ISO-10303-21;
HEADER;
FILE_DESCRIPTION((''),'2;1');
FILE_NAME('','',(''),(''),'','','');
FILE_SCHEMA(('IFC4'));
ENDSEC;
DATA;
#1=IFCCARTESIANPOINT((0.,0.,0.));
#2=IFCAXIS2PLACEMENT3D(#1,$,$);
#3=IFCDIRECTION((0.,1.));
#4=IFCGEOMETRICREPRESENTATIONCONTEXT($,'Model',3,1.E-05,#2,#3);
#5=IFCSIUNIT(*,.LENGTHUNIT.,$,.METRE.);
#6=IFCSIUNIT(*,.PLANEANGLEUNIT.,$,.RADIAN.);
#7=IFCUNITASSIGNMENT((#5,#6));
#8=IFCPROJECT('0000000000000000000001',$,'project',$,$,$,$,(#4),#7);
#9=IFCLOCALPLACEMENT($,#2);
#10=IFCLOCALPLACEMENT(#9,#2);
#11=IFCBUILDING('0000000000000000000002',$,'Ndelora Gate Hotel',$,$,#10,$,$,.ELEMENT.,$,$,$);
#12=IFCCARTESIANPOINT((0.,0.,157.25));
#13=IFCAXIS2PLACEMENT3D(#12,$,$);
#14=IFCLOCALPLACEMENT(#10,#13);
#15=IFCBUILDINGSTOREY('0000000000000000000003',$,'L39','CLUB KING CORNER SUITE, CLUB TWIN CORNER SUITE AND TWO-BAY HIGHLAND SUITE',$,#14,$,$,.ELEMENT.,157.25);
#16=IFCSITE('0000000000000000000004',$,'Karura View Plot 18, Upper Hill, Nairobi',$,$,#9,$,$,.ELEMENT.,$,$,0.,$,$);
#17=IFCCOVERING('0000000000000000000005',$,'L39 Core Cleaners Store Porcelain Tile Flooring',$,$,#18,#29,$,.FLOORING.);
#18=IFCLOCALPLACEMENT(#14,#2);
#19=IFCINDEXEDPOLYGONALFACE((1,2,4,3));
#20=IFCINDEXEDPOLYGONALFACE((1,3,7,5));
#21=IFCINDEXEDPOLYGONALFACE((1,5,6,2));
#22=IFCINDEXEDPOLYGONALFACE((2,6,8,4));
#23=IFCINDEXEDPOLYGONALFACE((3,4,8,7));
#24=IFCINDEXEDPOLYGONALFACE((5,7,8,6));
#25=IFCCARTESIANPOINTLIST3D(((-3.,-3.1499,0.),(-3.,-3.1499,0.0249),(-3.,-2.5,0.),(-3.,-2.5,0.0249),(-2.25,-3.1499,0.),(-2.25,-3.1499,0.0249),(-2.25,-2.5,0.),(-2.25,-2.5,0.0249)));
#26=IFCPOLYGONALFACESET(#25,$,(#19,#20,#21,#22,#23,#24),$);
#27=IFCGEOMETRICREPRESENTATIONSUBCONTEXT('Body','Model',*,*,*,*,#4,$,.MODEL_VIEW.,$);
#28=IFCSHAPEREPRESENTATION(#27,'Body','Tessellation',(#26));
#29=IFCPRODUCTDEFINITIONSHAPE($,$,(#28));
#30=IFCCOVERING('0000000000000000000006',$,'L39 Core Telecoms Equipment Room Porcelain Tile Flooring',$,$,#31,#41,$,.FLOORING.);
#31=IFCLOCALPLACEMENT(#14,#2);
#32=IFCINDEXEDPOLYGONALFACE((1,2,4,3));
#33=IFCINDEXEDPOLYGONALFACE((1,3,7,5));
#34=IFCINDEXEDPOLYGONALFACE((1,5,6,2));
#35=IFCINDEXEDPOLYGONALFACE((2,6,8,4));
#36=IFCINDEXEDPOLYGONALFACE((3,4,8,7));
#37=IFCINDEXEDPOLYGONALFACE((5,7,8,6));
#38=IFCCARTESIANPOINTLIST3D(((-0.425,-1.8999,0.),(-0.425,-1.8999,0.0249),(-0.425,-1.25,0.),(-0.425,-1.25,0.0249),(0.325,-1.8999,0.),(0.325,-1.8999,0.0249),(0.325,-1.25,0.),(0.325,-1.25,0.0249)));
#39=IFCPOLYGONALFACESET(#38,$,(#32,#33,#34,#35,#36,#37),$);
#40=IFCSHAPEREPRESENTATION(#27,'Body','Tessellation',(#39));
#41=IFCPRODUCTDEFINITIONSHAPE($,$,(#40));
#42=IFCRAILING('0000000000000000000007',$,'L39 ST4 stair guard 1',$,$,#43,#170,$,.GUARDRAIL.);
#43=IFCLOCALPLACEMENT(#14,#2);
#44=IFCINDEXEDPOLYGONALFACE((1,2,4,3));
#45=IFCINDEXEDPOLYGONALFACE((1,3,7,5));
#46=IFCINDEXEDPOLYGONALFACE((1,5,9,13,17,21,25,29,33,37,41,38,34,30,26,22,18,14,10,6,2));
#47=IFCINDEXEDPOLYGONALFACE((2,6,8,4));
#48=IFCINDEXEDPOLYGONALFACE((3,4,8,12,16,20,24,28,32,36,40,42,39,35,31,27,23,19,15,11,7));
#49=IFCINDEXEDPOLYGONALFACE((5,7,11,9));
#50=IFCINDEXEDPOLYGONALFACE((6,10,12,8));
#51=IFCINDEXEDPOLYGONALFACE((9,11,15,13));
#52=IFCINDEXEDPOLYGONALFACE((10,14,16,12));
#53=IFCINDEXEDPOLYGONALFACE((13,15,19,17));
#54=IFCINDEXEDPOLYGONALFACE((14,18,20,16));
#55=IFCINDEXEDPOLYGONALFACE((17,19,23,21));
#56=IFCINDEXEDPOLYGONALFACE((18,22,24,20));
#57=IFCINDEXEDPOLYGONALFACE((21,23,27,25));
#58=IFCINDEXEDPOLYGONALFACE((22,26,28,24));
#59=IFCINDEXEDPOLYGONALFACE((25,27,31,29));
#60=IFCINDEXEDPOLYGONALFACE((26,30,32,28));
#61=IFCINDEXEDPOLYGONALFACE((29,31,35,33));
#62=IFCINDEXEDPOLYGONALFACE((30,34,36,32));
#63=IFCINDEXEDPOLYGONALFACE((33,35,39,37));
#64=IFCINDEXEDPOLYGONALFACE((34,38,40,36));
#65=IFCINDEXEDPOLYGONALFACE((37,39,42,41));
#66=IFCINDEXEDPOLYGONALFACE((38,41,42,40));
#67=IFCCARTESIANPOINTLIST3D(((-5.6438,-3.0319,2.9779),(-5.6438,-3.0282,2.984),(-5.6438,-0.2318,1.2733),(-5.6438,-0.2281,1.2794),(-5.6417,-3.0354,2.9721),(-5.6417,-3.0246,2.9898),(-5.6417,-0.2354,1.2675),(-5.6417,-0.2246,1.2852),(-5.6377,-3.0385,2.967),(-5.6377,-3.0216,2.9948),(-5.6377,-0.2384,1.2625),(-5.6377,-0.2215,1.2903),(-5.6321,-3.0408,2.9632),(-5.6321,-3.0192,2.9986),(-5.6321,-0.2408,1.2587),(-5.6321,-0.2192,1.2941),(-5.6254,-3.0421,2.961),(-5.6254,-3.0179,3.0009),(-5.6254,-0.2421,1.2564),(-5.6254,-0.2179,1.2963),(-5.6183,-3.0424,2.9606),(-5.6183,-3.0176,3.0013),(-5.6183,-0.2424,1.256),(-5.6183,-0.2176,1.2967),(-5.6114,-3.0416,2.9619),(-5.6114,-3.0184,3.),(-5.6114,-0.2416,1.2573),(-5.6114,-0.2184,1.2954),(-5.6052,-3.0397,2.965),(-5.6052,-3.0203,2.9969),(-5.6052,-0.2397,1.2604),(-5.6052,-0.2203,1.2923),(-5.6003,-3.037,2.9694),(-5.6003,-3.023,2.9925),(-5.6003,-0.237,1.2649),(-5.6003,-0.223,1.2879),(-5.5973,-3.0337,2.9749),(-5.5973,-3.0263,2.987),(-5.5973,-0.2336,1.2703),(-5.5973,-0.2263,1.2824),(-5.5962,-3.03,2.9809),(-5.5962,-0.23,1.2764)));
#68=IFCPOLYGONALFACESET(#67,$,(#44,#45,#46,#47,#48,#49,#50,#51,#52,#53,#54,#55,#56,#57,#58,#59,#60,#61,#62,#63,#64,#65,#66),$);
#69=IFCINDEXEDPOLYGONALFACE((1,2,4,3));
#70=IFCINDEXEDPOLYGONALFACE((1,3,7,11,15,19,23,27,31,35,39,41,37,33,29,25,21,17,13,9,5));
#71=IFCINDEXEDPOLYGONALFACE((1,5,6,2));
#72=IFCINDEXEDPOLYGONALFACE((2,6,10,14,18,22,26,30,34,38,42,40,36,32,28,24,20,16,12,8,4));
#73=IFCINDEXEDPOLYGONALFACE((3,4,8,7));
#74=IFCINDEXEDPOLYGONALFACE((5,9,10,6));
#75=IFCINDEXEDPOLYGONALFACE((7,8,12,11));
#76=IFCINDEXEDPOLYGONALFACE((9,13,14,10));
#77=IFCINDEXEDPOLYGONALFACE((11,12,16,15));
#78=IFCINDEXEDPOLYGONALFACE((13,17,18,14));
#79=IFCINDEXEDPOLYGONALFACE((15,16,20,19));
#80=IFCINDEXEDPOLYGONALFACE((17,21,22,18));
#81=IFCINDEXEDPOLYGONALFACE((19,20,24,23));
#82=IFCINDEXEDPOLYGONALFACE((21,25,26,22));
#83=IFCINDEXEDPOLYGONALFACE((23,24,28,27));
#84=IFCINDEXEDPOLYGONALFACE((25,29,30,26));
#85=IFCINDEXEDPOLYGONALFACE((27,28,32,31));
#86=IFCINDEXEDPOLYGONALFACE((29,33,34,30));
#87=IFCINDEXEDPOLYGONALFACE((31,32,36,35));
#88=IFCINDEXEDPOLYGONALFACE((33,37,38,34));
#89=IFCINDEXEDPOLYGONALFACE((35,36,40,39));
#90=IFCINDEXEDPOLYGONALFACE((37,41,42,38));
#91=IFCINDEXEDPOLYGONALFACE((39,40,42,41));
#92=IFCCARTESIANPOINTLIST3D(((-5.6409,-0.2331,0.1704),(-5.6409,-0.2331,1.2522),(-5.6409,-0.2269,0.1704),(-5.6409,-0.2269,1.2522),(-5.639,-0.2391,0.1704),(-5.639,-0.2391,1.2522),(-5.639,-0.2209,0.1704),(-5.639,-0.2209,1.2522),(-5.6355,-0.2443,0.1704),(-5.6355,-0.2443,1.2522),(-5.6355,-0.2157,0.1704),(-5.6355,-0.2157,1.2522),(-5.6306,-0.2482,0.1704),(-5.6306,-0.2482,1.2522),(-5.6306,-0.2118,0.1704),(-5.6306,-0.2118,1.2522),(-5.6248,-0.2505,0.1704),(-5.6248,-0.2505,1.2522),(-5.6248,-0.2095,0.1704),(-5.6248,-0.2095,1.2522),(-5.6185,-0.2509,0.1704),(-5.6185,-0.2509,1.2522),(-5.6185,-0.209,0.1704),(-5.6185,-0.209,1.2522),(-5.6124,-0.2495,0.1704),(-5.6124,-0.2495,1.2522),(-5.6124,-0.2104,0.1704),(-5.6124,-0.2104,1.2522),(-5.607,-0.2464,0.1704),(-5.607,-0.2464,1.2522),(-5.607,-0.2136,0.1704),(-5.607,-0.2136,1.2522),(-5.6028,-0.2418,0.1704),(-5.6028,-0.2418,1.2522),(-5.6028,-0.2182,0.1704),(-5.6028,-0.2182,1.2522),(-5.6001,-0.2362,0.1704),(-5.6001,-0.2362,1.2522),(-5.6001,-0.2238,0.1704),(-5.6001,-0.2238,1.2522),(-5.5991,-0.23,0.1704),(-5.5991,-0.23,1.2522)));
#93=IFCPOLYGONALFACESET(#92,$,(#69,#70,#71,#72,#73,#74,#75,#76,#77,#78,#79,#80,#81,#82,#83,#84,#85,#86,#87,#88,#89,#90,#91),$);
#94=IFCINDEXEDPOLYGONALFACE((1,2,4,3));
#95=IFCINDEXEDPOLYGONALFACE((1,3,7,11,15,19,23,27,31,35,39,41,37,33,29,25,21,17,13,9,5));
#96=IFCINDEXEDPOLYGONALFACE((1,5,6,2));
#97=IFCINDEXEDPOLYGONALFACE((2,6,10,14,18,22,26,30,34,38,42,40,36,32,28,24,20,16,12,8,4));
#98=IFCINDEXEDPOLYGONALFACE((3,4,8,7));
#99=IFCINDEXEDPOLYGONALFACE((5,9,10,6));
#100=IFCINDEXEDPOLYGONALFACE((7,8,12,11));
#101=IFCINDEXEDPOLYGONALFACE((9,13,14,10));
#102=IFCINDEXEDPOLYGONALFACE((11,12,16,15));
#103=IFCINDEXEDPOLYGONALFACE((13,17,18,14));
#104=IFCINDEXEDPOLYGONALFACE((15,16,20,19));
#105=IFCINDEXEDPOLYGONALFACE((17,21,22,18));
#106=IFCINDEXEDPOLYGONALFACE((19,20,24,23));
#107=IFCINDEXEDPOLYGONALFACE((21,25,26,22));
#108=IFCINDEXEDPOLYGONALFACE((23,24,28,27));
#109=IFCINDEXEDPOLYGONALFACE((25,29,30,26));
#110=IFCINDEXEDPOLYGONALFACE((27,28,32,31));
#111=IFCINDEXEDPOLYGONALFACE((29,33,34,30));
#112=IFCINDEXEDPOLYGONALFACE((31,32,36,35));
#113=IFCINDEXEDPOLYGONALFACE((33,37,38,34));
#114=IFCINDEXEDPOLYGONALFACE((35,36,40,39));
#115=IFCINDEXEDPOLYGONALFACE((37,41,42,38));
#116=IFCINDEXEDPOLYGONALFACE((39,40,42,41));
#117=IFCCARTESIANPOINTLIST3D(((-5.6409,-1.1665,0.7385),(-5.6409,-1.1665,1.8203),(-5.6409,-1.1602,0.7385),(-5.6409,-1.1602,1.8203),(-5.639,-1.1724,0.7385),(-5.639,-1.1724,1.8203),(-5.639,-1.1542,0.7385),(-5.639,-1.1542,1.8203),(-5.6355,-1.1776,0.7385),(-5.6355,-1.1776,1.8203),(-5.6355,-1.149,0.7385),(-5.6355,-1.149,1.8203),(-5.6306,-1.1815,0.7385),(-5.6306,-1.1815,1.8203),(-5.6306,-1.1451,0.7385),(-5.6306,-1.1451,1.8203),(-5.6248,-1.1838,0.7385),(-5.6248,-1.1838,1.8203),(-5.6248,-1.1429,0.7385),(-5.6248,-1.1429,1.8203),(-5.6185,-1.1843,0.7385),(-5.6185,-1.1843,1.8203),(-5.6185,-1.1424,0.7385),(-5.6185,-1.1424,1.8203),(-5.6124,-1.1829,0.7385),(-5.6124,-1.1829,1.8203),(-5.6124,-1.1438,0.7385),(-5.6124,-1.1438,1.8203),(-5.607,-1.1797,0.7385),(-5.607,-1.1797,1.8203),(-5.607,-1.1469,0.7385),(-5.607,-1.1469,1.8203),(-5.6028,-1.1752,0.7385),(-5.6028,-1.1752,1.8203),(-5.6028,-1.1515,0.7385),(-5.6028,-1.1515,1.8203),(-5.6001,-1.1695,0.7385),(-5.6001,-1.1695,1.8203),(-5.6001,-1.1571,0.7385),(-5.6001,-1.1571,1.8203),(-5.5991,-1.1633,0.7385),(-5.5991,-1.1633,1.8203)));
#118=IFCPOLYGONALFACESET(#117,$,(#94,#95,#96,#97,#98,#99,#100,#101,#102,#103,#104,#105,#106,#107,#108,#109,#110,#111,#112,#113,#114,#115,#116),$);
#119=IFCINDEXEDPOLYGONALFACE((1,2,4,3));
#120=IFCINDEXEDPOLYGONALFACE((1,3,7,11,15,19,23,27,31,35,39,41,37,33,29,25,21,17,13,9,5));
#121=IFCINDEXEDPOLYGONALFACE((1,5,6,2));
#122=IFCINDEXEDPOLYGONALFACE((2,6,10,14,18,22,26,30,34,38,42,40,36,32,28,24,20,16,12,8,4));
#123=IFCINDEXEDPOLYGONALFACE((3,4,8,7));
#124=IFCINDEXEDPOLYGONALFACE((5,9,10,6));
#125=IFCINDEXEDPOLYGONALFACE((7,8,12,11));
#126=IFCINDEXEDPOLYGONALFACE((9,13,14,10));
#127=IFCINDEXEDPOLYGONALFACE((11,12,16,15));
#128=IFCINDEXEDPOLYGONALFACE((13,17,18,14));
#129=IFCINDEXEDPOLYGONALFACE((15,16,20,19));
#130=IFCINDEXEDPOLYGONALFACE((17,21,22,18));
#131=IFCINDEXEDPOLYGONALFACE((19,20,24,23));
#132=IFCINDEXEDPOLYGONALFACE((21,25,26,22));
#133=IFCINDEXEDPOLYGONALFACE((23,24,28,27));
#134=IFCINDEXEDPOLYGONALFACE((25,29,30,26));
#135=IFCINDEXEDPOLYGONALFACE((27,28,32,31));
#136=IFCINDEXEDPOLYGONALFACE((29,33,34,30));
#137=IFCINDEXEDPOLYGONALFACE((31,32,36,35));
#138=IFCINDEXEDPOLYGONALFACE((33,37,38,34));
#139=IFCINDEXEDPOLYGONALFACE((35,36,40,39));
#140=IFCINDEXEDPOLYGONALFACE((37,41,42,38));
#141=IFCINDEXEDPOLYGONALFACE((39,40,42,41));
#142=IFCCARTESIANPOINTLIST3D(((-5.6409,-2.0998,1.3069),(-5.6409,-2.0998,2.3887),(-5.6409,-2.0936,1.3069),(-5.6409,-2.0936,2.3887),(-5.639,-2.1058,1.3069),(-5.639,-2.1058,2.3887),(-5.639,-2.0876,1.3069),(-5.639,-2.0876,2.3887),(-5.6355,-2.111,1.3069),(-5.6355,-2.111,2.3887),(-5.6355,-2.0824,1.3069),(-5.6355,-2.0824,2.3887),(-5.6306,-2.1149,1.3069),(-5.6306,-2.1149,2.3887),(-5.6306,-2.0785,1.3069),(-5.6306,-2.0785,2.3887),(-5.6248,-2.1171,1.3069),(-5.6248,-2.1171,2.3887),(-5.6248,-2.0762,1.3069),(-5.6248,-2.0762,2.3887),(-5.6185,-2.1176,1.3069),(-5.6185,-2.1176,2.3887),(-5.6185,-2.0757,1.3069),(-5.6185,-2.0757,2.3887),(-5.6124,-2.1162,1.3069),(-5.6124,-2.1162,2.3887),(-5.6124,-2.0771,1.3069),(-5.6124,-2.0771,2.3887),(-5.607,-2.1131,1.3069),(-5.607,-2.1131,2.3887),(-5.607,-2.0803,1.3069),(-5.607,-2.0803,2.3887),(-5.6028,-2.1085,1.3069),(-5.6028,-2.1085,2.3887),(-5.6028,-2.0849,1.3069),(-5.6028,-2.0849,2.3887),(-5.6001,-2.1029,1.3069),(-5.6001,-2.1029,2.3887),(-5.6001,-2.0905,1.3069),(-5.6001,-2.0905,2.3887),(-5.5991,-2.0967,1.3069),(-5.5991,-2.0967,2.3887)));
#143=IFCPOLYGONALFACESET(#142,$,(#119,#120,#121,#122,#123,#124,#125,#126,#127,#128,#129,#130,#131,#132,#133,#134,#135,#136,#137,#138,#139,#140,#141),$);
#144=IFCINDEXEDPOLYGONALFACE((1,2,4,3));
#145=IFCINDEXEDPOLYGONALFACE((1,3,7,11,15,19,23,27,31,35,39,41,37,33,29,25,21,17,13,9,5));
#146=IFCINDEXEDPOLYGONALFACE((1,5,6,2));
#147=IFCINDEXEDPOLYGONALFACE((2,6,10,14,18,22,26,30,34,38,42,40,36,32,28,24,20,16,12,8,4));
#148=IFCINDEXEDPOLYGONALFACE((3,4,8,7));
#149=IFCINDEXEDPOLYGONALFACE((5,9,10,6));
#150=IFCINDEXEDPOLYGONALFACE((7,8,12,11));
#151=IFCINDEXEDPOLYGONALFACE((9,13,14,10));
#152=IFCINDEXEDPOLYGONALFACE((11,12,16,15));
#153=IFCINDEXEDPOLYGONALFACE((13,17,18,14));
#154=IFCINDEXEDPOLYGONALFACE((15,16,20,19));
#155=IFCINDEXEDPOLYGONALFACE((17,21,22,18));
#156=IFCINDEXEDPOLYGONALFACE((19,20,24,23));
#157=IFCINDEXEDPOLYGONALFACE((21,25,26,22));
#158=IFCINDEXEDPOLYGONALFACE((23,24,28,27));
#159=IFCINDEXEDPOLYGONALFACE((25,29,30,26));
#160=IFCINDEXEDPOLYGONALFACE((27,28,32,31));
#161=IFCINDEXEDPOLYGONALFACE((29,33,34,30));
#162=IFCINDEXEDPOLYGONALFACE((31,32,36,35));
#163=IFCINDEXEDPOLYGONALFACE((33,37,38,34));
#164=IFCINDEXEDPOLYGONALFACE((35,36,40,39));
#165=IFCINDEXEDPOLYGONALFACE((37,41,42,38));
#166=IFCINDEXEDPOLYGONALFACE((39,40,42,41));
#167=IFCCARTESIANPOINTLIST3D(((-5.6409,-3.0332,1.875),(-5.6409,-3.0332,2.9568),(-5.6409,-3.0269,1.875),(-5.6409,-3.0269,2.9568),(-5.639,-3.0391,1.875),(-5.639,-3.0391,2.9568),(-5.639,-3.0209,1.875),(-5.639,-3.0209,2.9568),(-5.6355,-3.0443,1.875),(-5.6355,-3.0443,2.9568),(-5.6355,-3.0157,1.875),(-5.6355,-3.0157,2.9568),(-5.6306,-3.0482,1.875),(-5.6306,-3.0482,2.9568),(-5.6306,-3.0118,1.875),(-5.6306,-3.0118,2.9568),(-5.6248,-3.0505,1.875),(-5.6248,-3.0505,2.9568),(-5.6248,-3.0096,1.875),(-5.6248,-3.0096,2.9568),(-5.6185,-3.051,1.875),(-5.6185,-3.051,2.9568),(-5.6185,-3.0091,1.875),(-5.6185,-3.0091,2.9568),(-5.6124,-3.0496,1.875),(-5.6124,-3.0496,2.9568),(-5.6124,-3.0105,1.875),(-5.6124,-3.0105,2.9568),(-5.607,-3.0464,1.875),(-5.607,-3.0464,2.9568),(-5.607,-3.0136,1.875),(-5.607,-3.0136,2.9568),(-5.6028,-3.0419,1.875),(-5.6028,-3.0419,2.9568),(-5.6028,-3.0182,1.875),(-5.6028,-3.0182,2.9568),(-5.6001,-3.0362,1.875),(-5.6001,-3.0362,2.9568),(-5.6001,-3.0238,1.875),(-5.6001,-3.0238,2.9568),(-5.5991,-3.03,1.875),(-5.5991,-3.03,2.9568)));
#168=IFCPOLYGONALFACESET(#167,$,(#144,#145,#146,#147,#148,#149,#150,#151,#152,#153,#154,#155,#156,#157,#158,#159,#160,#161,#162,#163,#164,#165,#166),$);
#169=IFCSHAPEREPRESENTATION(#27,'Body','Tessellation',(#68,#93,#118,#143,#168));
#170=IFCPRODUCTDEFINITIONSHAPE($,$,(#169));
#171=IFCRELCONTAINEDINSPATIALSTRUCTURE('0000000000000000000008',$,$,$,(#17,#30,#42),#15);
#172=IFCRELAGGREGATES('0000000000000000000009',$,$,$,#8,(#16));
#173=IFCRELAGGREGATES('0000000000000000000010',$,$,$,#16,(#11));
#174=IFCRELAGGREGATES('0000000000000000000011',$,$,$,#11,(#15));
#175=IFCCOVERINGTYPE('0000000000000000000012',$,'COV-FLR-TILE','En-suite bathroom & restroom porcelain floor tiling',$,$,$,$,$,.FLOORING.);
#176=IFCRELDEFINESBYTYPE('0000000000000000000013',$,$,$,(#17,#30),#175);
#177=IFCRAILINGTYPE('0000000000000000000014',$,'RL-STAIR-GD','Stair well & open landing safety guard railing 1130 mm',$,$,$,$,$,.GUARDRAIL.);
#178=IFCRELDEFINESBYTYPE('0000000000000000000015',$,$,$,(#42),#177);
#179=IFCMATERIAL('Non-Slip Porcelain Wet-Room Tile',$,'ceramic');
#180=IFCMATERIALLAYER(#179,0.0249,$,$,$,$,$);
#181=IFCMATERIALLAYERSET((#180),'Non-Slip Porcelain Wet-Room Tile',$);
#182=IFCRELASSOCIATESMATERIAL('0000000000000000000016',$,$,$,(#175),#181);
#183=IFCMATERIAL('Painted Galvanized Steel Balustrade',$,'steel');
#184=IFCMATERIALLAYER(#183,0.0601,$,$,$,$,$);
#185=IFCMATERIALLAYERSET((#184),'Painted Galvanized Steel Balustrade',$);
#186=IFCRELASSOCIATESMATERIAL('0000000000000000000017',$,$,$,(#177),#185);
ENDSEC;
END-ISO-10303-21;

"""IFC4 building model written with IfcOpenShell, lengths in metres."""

from ifc_helpers import new_model, si_unit, direction, frame, origin, origin_2d, place, context, subcontext, project, spatial, rectangle, circle, extrude, material, layer, layer_set, type_object, element, save


model = new_model("IFC4")

# Units and contexts
model_context = context("Model", 3, precision=1e-05, world=origin(), true_north=direction((0.0, 1.0)))
body_context = subcontext(model_context, "Body", "Model", "MODEL_VIEW")
ifc_project = project(units=[si_unit("LENGTHUNIT", "METRE"), si_unit("PLANEANGLEUNIT", "RADIAN")], contexts=[model_context])

# Site, building, storey
site_placement = place(None, origin())
site = spatial("IfcSite", under=ifc_project, at=site_placement, Name="Karura View Plot 18, Upper Hill, Nairobi", CompositionType="ELEMENT", RefElevation=0.0)
building_placement = place(site_placement, origin())
building = spatial("IfcBuilding", under=site, at=building_placement, Name="Ndelora Gate Hotel", CompositionType="ELEMENT")
storey_placement = place(building_placement, frame((0.0, 0.0, 157.25)))
storey = spatial("IfcBuildingStorey", under=building, at=storey_placement, Name="L39", Description="CLUB KING CORNER SUITE, CLUB TWIN CORNER SUITE AND TWO-BAY HIGHLAND SUITE", CompositionType="ELEMENT", Elevation=157.25)

# Coverings
ifc_material_1 = material(Name="Non-Slip Porcelain Wet-Room Tile", Category="ceramic")
ifc_layer_1 = layer(ifc_material_1, 0.0249)
ifc_layer_set_1 = layer_set([ifc_layer_1], Name="Non-Slip Porcelain Wet-Room Tile")
covering_type = type_object("IfcCoveringType", Name="COV-FLR-TILE", Description="En-suite bathroom & restroom porcelain floor tiling", PredefinedType="FLOORING", material=ifc_layer_set_1)
for number, where, z_axis, x_axis, name in (
    (1, (-2.625, -2.825, 0.0), (0.0, 0.0, 1.0), (1.0, 0.0, 0.0), "L39 Core Cleaners Store Porcelain Tile Flooring"),
    (2, (-0.05, -1.575, 0.0), (0.0, 0.0, 1.0), (1.0, 0.0, 0.0), "L39 Core Telecoms Equipment Room Porcelain Tile Flooring"),
):
    element("IfcCovering", number, at=place(storey_placement, frame(where, z_axis=z_axis, x_axis=x_axis)), inside=storey, type_object=covering_type, Name=name, PredefinedType="FLOORING", context=body_context, shape_type="SweptSolid", body=[
        extrude(rectangle(XDim=0.75, YDim=0.6499, at=origin_2d()), origin(), (0.0, 0.0, 1.0), 0.0249),
    ])

# Railing
ifc_material_2 = material(Name="Painted Galvanized Steel Balustrade", Category="steel")
ifc_layer_2 = layer(ifc_material_2, 0.0601)
ifc_layer_set_2 = layer_set([ifc_layer_2], Name="Painted Galvanized Steel Balustrade")
railing_type_1 = type_object("IfcRailingType", Name="RL-STAIR-GD", Description="Stair well & open landing safety guard railing 1130 mm", PredefinedType="GUARDRAIL", material=ifc_layer_set_2)
railing_1_placement = place(storey_placement, frame((-5.6201, -0.23, 0.1704)))
element("IfcRailing", 3, at=railing_1_placement, inside=storey, type_object=railing_type_1, Name="L39 ST4 stair guard 1", PredefinedType="GUARDRAIL", context=body_context, shape_type="SweptSolid", body=[
    extrude(circle(Radius=0.0239, at=origin_2d()), frame((0.0, 0.0, 1.106), z_axis=(0.0, -0.85417, 0.519994), x_axis=(1.0, 0.0, 0.0)), (0.0, 0.0, 1.0), 3.2781),
    extrude(circle(Radius=0.021, at=origin_2d()), origin(), (0.0, 0.0, 1.0), 1.0818),
    extrude(circle(Radius=0.021, at=origin_2d()), frame((0.0, -0.9333, 0.5681)), (0.0, 0.0, 1.0), 1.0818),
    extrude(circle(Radius=0.021, at=origin_2d()), frame((0.0, -1.8667, 1.1365)), (0.0, 0.0, 1.0), 1.0818),
    extrude(circle(Radius=0.021, at=origin_2d()), frame((0.0, -2.8, 1.7046)), (0.0, 0.0, 1.0), 1.0818),
])

save(model, "model.ifc")
